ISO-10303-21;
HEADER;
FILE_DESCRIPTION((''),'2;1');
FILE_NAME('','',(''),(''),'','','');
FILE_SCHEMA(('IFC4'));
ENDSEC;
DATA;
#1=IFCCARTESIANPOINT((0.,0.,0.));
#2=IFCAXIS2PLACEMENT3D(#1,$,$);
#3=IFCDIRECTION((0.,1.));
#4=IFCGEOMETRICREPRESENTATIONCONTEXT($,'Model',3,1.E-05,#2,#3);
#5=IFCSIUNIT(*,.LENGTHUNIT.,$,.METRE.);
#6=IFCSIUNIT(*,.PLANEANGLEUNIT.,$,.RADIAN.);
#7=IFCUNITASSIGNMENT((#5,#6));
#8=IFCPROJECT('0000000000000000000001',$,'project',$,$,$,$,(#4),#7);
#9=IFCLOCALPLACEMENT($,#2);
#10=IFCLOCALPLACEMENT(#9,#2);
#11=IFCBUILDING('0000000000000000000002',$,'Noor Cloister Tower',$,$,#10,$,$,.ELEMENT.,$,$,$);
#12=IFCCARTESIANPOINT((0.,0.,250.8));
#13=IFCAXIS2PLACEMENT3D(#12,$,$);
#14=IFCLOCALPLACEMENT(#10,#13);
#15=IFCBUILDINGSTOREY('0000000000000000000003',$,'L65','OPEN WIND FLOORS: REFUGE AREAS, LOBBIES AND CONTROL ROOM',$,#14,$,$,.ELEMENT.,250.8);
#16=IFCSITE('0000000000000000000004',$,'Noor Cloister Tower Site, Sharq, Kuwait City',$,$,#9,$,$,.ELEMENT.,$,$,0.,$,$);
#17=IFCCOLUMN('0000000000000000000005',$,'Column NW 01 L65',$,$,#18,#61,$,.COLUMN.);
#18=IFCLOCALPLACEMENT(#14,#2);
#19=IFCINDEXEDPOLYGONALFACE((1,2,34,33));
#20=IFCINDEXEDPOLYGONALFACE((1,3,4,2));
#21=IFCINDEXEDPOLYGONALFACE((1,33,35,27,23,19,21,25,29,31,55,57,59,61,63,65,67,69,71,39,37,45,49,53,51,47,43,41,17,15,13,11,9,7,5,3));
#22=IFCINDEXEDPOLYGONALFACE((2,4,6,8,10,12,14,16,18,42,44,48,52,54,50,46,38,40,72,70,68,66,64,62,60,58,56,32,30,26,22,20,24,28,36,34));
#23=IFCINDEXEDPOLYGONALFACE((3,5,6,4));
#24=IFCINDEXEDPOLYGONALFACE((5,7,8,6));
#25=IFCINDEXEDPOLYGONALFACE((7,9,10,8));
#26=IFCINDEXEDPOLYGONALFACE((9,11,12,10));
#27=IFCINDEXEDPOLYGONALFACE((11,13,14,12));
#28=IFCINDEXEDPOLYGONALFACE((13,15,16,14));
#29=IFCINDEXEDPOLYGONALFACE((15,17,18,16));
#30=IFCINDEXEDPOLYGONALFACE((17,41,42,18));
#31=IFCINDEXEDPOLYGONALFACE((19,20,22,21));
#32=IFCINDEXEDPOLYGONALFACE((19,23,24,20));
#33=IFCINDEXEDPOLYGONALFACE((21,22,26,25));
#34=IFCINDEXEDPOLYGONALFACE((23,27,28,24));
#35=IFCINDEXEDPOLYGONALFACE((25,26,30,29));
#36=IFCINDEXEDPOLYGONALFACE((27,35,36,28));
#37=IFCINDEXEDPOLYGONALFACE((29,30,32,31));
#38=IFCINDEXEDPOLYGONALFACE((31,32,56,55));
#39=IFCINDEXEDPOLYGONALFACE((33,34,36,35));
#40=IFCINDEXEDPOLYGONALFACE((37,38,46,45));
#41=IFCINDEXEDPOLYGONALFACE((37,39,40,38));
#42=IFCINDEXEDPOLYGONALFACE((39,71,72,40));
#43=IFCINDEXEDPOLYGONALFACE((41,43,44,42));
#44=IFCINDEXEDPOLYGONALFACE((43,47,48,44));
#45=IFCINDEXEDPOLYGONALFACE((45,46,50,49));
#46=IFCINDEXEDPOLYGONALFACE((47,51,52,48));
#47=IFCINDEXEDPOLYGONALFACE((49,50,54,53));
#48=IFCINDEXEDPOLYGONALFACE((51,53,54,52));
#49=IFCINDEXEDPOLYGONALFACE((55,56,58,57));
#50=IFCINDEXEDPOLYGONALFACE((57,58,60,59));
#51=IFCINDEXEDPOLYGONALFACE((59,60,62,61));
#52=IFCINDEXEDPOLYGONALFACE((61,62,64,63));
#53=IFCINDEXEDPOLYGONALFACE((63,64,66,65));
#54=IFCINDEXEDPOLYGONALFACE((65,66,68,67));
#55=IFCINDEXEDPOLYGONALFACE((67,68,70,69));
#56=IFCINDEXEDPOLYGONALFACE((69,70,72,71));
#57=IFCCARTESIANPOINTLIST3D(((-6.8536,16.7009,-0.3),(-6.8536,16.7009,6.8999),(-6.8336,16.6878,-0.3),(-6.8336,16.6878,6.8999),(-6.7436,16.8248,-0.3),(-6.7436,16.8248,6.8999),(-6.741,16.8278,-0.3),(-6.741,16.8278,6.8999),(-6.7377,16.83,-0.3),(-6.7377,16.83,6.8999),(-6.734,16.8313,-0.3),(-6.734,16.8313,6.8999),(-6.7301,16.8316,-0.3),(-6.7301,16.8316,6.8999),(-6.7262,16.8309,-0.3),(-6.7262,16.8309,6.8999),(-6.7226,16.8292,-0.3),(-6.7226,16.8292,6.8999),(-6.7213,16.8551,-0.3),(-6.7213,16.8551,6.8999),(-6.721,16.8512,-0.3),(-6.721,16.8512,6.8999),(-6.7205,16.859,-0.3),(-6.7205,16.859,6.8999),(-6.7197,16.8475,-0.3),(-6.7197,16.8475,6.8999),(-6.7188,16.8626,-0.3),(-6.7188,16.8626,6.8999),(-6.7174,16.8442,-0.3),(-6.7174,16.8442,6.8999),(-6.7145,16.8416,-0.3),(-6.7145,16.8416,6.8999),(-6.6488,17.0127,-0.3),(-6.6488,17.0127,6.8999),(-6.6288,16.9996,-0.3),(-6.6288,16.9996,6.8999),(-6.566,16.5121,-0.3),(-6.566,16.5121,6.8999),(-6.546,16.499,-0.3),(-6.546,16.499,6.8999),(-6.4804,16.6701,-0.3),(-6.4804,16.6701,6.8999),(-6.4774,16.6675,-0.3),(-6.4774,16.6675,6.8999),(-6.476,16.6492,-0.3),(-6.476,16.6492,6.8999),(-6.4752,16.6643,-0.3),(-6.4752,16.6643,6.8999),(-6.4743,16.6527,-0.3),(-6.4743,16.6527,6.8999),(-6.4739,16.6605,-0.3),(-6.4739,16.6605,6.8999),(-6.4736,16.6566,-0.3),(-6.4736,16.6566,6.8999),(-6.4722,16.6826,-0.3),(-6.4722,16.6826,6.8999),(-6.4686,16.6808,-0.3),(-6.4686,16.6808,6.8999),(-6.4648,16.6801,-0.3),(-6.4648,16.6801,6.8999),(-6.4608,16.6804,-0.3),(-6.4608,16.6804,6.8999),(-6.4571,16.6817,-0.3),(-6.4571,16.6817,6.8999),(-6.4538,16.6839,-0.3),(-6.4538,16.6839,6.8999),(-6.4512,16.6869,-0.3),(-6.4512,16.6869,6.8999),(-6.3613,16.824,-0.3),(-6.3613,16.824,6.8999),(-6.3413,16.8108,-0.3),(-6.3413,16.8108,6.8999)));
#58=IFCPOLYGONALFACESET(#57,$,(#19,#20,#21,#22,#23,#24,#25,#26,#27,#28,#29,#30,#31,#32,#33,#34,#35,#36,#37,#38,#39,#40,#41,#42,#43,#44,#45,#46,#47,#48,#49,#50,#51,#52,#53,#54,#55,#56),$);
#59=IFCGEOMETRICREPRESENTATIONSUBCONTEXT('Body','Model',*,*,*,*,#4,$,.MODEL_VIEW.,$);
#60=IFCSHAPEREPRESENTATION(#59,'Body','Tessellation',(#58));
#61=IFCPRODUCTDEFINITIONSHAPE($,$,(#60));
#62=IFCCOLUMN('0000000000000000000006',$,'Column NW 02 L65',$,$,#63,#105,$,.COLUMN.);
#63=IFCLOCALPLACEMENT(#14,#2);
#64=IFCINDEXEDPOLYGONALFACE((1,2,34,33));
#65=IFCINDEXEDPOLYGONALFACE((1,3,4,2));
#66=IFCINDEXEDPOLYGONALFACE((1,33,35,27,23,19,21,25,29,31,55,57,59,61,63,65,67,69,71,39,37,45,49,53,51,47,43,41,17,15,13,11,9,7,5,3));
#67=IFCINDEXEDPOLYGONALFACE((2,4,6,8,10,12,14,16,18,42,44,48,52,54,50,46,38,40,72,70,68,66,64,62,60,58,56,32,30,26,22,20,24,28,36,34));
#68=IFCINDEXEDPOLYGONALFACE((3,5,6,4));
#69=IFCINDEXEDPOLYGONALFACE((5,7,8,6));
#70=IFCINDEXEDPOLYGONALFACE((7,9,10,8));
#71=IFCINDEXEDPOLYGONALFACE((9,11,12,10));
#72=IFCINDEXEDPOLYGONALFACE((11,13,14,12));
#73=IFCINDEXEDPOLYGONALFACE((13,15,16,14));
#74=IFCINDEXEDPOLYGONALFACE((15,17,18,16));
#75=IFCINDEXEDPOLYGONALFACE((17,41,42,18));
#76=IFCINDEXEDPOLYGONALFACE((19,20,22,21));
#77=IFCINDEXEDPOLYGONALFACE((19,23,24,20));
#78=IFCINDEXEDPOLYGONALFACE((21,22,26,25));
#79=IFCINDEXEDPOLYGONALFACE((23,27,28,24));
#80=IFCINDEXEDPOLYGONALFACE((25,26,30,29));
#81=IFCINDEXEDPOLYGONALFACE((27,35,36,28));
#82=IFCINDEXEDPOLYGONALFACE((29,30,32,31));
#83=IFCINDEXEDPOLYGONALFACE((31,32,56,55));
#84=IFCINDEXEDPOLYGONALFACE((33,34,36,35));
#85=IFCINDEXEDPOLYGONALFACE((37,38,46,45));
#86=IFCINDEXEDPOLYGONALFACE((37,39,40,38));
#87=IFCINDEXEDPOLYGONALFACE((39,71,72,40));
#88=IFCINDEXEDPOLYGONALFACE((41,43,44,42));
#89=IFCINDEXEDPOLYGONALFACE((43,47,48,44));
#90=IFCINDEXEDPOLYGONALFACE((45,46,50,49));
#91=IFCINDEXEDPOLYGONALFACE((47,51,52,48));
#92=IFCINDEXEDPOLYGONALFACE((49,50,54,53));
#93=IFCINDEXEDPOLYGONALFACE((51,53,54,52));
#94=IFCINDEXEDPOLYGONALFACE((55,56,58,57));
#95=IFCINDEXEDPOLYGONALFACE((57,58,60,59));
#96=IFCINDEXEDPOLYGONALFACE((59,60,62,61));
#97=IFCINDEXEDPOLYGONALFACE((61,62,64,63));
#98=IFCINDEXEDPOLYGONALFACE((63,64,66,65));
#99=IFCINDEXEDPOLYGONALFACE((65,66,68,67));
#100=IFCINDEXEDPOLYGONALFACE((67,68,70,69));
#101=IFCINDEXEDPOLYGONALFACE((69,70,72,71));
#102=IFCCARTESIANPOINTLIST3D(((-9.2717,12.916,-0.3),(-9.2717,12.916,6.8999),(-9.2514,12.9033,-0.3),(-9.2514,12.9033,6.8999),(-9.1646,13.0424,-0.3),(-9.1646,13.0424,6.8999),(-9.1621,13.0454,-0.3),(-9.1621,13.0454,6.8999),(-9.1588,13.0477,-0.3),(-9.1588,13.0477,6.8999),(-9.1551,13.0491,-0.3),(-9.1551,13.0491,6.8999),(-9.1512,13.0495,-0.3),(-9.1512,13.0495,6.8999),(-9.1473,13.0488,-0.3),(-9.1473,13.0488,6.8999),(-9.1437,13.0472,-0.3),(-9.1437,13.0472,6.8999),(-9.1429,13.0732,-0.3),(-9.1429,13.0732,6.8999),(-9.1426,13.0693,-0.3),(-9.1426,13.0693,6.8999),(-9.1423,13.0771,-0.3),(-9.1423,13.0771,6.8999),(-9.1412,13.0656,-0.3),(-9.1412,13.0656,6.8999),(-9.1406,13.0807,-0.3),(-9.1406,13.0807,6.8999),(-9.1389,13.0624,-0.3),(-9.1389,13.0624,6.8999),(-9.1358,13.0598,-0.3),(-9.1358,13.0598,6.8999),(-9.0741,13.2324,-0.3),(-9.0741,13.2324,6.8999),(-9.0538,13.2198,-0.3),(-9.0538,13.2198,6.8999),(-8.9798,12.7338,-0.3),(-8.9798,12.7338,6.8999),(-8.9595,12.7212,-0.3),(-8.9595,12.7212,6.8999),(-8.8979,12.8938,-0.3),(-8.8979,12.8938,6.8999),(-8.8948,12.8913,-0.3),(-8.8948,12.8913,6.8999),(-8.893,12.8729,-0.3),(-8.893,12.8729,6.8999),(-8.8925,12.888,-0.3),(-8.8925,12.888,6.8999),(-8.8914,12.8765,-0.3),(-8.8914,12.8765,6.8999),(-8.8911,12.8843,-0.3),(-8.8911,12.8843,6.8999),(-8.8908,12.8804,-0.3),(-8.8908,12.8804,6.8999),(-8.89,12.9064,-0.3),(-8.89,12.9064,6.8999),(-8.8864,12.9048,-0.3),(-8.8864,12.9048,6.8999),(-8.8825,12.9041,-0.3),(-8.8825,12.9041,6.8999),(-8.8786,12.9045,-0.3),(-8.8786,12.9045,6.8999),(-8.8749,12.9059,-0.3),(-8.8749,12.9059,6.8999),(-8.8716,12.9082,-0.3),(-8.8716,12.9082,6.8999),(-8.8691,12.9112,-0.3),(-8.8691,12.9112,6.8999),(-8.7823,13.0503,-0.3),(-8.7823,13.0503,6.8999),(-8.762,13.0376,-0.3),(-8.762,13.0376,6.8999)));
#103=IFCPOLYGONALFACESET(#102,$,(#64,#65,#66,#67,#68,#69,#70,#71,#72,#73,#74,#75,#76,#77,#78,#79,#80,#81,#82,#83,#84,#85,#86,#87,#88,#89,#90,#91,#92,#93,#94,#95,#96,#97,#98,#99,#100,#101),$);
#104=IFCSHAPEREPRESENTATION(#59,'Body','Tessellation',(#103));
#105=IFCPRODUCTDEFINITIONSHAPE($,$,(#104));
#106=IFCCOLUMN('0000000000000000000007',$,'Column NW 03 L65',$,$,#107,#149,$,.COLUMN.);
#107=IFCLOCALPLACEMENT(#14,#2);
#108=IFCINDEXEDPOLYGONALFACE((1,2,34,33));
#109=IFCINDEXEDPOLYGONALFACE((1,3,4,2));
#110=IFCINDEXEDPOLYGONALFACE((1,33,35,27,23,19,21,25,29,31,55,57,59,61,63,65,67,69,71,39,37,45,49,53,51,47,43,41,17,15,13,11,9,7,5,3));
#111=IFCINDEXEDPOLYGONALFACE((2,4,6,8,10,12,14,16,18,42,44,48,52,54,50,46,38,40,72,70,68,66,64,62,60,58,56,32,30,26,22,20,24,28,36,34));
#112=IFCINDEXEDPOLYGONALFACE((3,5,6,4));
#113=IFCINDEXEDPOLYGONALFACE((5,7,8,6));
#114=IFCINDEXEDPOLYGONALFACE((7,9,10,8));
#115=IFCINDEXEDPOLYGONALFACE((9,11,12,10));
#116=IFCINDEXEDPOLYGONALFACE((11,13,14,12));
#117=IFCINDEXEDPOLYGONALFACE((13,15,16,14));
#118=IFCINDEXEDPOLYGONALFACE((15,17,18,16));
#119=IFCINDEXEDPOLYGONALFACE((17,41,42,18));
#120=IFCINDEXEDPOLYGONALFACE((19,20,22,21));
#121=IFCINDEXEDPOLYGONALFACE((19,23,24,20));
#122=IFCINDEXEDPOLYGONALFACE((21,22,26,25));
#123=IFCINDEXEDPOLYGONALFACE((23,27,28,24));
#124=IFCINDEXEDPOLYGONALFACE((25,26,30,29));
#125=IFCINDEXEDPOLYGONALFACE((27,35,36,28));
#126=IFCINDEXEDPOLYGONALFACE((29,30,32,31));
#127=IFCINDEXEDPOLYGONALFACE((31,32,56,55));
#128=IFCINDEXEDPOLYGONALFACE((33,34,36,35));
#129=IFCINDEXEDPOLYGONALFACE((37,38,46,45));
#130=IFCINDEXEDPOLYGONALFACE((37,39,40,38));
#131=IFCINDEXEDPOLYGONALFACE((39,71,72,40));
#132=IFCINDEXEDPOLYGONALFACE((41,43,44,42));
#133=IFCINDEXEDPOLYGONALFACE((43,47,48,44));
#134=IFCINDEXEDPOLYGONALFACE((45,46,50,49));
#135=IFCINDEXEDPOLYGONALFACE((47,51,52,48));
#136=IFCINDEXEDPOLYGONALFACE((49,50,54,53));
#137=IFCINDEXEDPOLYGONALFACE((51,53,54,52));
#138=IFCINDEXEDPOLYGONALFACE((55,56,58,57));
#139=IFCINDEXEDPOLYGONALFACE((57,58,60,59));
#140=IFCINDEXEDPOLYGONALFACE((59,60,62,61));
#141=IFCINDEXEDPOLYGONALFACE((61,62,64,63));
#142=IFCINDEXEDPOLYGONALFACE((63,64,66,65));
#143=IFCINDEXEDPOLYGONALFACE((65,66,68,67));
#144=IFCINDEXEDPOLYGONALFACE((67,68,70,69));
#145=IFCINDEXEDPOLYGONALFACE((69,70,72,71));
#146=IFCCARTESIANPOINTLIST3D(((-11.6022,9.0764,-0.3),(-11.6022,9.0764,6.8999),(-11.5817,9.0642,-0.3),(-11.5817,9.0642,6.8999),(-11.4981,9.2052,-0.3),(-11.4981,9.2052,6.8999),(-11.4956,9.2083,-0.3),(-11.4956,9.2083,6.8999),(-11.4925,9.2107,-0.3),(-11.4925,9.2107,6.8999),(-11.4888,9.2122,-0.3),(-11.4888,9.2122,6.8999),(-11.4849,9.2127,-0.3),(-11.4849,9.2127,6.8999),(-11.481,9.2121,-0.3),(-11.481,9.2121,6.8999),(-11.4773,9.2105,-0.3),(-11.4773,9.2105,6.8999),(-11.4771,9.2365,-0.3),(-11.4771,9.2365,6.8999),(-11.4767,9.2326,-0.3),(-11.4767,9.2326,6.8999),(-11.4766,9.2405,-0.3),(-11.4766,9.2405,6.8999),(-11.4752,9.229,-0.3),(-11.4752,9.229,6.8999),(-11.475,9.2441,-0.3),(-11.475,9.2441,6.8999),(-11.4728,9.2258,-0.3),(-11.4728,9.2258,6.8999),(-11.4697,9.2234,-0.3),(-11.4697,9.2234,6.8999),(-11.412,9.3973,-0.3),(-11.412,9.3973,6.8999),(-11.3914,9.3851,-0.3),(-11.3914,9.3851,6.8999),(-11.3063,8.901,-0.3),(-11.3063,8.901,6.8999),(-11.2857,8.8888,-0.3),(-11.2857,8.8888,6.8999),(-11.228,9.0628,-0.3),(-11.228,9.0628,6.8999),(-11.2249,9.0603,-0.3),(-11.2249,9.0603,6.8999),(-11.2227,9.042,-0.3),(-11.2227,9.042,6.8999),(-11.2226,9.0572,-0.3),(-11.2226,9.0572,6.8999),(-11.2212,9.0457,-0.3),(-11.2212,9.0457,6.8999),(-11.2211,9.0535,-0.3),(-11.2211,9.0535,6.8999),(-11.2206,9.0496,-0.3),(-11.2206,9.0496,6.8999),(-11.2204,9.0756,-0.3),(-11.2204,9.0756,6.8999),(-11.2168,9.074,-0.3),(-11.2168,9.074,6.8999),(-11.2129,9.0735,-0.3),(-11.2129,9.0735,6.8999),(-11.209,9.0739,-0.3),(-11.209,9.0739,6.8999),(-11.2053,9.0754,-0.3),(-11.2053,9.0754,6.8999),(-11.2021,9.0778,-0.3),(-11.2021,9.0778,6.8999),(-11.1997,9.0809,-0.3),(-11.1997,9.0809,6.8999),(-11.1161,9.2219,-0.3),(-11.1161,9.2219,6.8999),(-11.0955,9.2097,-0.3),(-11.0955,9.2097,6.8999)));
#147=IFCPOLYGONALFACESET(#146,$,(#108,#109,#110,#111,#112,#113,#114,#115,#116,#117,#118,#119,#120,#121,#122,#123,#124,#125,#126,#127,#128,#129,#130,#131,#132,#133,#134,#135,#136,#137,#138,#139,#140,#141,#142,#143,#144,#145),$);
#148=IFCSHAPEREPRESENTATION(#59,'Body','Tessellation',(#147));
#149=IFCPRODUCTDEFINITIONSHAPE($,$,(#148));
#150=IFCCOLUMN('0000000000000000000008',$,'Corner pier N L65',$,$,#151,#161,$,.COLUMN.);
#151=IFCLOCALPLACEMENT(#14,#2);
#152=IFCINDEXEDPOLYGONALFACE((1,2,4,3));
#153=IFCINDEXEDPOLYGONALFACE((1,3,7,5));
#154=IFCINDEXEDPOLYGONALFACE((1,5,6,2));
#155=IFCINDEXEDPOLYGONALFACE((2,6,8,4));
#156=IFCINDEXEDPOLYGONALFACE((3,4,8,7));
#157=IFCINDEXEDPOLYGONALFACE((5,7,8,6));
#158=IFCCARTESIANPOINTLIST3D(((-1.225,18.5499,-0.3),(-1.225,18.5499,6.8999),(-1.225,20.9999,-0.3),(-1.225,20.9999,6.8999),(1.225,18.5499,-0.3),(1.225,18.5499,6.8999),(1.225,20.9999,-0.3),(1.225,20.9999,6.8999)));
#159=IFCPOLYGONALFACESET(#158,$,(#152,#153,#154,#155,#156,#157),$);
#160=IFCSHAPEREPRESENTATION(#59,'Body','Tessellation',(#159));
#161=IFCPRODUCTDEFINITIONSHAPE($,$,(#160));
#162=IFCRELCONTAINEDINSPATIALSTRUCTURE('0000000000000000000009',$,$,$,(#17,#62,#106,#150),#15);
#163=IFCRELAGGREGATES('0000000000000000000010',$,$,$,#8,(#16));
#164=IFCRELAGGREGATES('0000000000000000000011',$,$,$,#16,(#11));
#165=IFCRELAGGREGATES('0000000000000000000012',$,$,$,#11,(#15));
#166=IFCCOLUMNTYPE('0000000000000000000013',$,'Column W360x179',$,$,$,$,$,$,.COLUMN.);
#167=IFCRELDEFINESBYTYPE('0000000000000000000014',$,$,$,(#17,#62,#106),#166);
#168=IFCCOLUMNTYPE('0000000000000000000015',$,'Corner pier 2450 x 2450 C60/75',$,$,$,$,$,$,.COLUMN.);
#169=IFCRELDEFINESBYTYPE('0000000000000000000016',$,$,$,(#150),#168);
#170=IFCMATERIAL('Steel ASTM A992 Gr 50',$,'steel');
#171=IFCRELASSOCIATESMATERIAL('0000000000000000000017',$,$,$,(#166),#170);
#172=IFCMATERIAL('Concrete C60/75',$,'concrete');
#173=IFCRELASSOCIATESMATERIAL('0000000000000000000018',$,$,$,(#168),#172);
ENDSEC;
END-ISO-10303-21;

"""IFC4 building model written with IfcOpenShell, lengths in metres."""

from ifc_helpers import new_model, si_unit, direction, frame, origin, origin_2d, place, context, subcontext, project, spatial, rectangle, i_section, extrude, material, material_profile, profile_set, type_object, element, save


model = new_model("IFC4")

# Units and contexts
model_context = context("Model", 3, precision=1e-05, world=origin(), true_north=direction((0.0, 1.0)))
body_context = subcontext(model_context, "Body", "Model", "MODEL_VIEW")
ifc_project = project(units=[si_unit("LENGTHUNIT", "METRE"), si_unit("PLANEANGLEUNIT", "RADIAN")], contexts=[model_context])

# Site, building, storey
site_placement = place(None, origin())
site = spatial("IfcSite", under=ifc_project, at=site_placement, Name="Noor Cloister Tower Site, Sharq, Kuwait City", CompositionType="ELEMENT", RefElevation=0.0)
building_placement = place(site_placement, origin())
building = spatial("IfcBuilding", under=site, at=building_placement, Name="Noor Cloister Tower", CompositionType="ELEMENT")
storey_placement = place(building_placement, frame((0.0, 0.0, 250.8)))
storey = spatial("IfcBuildingStorey", under=building, at=storey_placement, Name="L65", Description="OPEN WIND FLOORS: REFUGE AREAS, LOBBIES AND CONTROL ROOM", CompositionType="ELEMENT", Elevation=250.8)

# Columns
ifc_material_1 = material(Name="Steel ASTM A992 Gr 50", Category="steel")
ifc_material_profile_1 = material_profile(ifc_material_1, i_section(OverallWidth=0.373, OverallDepth=0.3679, WebThickness=0.0149, FlangeThickness=0.0239, FilletRadius=0.0151, at=origin_2d()), Name="W360x179")
ifc_profile_set_1 = profile_set([ifc_material_profile_1], Name="Steel ASTM A992 Gr 50")
column_type_1 = type_object("IfcColumnType", Name="Column W360x179", PredefinedType="COLUMN", material=ifc_profile_set_1)
for number, where, z_axis, x_axis, name in (
    (1, (-6.5974, 16.7559, -0.3), (0.0, 0.0, 1.0), (-0.54879, -0.83596, 0.0), "Column NW 01 L65"),
    (2, (-9.0168, 12.9768, -0.3), (0.0, 0.0, 1.0), (-0.529481, -0.848322, 0.0), "Column NW 02 L65"),
    (3, (-11.3489, 9.1431, -0.3), (0.0, 0.0, 1.0), (-0.509895, -0.860237, 0.0), "Column NW 03 L65"),
):
    element("IfcColumn", number, at=place(storey_placement, frame(where, z_axis=z_axis, x_axis=x_axis)), inside=storey, type_object=column_type_1, Name=name, PredefinedType="COLUMN", context=body_context, shape_type="SweptSolid", body=[
        extrude(i_section(OverallWidth=0.373, OverallDepth=0.3679, WebThickness=0.0149, FlangeThickness=0.0239, FilletRadius=0.0151, at=origin_2d()), origin(), (0.0, 0.0, 1.0), 7.2),
    ])
ifc_material_2 = material(Name="Concrete C60/75", Category="concrete")
ifc_material_profile_2 = material_profile(ifc_material_2, rectangle(XDim=2.45, YDim=2.45, at=origin_2d()), Name="RC 2450x2450")
ifc_profile_set_2 = profile_set([ifc_material_profile_2], Name="Concrete C60/75")
column_type_2 = type_object("IfcColumnType", Name="Corner pier 2450 x 2450 C60/75", PredefinedType="COLUMN", material=ifc_profile_set_2)
column_placement = place(storey_placement, frame((0.0, 19.7749, -0.3), z_axis=(0.0, 0.0, 1.0), x_axis=(0.0, 1.0, 0.0)))
element("IfcColumn", 4, at=column_placement, inside=storey, type_object=column_type_2, Name="Corner pier N L65", PredefinedType="COLUMN", context=body_context, shape_type="SweptSolid", body=[
    extrude(rectangle(XDim=2.45, YDim=2.45, at=origin_2d()), origin(), (0.0, 0.0, 1.0), 7.2),
])

save(model, "model.ifc")
